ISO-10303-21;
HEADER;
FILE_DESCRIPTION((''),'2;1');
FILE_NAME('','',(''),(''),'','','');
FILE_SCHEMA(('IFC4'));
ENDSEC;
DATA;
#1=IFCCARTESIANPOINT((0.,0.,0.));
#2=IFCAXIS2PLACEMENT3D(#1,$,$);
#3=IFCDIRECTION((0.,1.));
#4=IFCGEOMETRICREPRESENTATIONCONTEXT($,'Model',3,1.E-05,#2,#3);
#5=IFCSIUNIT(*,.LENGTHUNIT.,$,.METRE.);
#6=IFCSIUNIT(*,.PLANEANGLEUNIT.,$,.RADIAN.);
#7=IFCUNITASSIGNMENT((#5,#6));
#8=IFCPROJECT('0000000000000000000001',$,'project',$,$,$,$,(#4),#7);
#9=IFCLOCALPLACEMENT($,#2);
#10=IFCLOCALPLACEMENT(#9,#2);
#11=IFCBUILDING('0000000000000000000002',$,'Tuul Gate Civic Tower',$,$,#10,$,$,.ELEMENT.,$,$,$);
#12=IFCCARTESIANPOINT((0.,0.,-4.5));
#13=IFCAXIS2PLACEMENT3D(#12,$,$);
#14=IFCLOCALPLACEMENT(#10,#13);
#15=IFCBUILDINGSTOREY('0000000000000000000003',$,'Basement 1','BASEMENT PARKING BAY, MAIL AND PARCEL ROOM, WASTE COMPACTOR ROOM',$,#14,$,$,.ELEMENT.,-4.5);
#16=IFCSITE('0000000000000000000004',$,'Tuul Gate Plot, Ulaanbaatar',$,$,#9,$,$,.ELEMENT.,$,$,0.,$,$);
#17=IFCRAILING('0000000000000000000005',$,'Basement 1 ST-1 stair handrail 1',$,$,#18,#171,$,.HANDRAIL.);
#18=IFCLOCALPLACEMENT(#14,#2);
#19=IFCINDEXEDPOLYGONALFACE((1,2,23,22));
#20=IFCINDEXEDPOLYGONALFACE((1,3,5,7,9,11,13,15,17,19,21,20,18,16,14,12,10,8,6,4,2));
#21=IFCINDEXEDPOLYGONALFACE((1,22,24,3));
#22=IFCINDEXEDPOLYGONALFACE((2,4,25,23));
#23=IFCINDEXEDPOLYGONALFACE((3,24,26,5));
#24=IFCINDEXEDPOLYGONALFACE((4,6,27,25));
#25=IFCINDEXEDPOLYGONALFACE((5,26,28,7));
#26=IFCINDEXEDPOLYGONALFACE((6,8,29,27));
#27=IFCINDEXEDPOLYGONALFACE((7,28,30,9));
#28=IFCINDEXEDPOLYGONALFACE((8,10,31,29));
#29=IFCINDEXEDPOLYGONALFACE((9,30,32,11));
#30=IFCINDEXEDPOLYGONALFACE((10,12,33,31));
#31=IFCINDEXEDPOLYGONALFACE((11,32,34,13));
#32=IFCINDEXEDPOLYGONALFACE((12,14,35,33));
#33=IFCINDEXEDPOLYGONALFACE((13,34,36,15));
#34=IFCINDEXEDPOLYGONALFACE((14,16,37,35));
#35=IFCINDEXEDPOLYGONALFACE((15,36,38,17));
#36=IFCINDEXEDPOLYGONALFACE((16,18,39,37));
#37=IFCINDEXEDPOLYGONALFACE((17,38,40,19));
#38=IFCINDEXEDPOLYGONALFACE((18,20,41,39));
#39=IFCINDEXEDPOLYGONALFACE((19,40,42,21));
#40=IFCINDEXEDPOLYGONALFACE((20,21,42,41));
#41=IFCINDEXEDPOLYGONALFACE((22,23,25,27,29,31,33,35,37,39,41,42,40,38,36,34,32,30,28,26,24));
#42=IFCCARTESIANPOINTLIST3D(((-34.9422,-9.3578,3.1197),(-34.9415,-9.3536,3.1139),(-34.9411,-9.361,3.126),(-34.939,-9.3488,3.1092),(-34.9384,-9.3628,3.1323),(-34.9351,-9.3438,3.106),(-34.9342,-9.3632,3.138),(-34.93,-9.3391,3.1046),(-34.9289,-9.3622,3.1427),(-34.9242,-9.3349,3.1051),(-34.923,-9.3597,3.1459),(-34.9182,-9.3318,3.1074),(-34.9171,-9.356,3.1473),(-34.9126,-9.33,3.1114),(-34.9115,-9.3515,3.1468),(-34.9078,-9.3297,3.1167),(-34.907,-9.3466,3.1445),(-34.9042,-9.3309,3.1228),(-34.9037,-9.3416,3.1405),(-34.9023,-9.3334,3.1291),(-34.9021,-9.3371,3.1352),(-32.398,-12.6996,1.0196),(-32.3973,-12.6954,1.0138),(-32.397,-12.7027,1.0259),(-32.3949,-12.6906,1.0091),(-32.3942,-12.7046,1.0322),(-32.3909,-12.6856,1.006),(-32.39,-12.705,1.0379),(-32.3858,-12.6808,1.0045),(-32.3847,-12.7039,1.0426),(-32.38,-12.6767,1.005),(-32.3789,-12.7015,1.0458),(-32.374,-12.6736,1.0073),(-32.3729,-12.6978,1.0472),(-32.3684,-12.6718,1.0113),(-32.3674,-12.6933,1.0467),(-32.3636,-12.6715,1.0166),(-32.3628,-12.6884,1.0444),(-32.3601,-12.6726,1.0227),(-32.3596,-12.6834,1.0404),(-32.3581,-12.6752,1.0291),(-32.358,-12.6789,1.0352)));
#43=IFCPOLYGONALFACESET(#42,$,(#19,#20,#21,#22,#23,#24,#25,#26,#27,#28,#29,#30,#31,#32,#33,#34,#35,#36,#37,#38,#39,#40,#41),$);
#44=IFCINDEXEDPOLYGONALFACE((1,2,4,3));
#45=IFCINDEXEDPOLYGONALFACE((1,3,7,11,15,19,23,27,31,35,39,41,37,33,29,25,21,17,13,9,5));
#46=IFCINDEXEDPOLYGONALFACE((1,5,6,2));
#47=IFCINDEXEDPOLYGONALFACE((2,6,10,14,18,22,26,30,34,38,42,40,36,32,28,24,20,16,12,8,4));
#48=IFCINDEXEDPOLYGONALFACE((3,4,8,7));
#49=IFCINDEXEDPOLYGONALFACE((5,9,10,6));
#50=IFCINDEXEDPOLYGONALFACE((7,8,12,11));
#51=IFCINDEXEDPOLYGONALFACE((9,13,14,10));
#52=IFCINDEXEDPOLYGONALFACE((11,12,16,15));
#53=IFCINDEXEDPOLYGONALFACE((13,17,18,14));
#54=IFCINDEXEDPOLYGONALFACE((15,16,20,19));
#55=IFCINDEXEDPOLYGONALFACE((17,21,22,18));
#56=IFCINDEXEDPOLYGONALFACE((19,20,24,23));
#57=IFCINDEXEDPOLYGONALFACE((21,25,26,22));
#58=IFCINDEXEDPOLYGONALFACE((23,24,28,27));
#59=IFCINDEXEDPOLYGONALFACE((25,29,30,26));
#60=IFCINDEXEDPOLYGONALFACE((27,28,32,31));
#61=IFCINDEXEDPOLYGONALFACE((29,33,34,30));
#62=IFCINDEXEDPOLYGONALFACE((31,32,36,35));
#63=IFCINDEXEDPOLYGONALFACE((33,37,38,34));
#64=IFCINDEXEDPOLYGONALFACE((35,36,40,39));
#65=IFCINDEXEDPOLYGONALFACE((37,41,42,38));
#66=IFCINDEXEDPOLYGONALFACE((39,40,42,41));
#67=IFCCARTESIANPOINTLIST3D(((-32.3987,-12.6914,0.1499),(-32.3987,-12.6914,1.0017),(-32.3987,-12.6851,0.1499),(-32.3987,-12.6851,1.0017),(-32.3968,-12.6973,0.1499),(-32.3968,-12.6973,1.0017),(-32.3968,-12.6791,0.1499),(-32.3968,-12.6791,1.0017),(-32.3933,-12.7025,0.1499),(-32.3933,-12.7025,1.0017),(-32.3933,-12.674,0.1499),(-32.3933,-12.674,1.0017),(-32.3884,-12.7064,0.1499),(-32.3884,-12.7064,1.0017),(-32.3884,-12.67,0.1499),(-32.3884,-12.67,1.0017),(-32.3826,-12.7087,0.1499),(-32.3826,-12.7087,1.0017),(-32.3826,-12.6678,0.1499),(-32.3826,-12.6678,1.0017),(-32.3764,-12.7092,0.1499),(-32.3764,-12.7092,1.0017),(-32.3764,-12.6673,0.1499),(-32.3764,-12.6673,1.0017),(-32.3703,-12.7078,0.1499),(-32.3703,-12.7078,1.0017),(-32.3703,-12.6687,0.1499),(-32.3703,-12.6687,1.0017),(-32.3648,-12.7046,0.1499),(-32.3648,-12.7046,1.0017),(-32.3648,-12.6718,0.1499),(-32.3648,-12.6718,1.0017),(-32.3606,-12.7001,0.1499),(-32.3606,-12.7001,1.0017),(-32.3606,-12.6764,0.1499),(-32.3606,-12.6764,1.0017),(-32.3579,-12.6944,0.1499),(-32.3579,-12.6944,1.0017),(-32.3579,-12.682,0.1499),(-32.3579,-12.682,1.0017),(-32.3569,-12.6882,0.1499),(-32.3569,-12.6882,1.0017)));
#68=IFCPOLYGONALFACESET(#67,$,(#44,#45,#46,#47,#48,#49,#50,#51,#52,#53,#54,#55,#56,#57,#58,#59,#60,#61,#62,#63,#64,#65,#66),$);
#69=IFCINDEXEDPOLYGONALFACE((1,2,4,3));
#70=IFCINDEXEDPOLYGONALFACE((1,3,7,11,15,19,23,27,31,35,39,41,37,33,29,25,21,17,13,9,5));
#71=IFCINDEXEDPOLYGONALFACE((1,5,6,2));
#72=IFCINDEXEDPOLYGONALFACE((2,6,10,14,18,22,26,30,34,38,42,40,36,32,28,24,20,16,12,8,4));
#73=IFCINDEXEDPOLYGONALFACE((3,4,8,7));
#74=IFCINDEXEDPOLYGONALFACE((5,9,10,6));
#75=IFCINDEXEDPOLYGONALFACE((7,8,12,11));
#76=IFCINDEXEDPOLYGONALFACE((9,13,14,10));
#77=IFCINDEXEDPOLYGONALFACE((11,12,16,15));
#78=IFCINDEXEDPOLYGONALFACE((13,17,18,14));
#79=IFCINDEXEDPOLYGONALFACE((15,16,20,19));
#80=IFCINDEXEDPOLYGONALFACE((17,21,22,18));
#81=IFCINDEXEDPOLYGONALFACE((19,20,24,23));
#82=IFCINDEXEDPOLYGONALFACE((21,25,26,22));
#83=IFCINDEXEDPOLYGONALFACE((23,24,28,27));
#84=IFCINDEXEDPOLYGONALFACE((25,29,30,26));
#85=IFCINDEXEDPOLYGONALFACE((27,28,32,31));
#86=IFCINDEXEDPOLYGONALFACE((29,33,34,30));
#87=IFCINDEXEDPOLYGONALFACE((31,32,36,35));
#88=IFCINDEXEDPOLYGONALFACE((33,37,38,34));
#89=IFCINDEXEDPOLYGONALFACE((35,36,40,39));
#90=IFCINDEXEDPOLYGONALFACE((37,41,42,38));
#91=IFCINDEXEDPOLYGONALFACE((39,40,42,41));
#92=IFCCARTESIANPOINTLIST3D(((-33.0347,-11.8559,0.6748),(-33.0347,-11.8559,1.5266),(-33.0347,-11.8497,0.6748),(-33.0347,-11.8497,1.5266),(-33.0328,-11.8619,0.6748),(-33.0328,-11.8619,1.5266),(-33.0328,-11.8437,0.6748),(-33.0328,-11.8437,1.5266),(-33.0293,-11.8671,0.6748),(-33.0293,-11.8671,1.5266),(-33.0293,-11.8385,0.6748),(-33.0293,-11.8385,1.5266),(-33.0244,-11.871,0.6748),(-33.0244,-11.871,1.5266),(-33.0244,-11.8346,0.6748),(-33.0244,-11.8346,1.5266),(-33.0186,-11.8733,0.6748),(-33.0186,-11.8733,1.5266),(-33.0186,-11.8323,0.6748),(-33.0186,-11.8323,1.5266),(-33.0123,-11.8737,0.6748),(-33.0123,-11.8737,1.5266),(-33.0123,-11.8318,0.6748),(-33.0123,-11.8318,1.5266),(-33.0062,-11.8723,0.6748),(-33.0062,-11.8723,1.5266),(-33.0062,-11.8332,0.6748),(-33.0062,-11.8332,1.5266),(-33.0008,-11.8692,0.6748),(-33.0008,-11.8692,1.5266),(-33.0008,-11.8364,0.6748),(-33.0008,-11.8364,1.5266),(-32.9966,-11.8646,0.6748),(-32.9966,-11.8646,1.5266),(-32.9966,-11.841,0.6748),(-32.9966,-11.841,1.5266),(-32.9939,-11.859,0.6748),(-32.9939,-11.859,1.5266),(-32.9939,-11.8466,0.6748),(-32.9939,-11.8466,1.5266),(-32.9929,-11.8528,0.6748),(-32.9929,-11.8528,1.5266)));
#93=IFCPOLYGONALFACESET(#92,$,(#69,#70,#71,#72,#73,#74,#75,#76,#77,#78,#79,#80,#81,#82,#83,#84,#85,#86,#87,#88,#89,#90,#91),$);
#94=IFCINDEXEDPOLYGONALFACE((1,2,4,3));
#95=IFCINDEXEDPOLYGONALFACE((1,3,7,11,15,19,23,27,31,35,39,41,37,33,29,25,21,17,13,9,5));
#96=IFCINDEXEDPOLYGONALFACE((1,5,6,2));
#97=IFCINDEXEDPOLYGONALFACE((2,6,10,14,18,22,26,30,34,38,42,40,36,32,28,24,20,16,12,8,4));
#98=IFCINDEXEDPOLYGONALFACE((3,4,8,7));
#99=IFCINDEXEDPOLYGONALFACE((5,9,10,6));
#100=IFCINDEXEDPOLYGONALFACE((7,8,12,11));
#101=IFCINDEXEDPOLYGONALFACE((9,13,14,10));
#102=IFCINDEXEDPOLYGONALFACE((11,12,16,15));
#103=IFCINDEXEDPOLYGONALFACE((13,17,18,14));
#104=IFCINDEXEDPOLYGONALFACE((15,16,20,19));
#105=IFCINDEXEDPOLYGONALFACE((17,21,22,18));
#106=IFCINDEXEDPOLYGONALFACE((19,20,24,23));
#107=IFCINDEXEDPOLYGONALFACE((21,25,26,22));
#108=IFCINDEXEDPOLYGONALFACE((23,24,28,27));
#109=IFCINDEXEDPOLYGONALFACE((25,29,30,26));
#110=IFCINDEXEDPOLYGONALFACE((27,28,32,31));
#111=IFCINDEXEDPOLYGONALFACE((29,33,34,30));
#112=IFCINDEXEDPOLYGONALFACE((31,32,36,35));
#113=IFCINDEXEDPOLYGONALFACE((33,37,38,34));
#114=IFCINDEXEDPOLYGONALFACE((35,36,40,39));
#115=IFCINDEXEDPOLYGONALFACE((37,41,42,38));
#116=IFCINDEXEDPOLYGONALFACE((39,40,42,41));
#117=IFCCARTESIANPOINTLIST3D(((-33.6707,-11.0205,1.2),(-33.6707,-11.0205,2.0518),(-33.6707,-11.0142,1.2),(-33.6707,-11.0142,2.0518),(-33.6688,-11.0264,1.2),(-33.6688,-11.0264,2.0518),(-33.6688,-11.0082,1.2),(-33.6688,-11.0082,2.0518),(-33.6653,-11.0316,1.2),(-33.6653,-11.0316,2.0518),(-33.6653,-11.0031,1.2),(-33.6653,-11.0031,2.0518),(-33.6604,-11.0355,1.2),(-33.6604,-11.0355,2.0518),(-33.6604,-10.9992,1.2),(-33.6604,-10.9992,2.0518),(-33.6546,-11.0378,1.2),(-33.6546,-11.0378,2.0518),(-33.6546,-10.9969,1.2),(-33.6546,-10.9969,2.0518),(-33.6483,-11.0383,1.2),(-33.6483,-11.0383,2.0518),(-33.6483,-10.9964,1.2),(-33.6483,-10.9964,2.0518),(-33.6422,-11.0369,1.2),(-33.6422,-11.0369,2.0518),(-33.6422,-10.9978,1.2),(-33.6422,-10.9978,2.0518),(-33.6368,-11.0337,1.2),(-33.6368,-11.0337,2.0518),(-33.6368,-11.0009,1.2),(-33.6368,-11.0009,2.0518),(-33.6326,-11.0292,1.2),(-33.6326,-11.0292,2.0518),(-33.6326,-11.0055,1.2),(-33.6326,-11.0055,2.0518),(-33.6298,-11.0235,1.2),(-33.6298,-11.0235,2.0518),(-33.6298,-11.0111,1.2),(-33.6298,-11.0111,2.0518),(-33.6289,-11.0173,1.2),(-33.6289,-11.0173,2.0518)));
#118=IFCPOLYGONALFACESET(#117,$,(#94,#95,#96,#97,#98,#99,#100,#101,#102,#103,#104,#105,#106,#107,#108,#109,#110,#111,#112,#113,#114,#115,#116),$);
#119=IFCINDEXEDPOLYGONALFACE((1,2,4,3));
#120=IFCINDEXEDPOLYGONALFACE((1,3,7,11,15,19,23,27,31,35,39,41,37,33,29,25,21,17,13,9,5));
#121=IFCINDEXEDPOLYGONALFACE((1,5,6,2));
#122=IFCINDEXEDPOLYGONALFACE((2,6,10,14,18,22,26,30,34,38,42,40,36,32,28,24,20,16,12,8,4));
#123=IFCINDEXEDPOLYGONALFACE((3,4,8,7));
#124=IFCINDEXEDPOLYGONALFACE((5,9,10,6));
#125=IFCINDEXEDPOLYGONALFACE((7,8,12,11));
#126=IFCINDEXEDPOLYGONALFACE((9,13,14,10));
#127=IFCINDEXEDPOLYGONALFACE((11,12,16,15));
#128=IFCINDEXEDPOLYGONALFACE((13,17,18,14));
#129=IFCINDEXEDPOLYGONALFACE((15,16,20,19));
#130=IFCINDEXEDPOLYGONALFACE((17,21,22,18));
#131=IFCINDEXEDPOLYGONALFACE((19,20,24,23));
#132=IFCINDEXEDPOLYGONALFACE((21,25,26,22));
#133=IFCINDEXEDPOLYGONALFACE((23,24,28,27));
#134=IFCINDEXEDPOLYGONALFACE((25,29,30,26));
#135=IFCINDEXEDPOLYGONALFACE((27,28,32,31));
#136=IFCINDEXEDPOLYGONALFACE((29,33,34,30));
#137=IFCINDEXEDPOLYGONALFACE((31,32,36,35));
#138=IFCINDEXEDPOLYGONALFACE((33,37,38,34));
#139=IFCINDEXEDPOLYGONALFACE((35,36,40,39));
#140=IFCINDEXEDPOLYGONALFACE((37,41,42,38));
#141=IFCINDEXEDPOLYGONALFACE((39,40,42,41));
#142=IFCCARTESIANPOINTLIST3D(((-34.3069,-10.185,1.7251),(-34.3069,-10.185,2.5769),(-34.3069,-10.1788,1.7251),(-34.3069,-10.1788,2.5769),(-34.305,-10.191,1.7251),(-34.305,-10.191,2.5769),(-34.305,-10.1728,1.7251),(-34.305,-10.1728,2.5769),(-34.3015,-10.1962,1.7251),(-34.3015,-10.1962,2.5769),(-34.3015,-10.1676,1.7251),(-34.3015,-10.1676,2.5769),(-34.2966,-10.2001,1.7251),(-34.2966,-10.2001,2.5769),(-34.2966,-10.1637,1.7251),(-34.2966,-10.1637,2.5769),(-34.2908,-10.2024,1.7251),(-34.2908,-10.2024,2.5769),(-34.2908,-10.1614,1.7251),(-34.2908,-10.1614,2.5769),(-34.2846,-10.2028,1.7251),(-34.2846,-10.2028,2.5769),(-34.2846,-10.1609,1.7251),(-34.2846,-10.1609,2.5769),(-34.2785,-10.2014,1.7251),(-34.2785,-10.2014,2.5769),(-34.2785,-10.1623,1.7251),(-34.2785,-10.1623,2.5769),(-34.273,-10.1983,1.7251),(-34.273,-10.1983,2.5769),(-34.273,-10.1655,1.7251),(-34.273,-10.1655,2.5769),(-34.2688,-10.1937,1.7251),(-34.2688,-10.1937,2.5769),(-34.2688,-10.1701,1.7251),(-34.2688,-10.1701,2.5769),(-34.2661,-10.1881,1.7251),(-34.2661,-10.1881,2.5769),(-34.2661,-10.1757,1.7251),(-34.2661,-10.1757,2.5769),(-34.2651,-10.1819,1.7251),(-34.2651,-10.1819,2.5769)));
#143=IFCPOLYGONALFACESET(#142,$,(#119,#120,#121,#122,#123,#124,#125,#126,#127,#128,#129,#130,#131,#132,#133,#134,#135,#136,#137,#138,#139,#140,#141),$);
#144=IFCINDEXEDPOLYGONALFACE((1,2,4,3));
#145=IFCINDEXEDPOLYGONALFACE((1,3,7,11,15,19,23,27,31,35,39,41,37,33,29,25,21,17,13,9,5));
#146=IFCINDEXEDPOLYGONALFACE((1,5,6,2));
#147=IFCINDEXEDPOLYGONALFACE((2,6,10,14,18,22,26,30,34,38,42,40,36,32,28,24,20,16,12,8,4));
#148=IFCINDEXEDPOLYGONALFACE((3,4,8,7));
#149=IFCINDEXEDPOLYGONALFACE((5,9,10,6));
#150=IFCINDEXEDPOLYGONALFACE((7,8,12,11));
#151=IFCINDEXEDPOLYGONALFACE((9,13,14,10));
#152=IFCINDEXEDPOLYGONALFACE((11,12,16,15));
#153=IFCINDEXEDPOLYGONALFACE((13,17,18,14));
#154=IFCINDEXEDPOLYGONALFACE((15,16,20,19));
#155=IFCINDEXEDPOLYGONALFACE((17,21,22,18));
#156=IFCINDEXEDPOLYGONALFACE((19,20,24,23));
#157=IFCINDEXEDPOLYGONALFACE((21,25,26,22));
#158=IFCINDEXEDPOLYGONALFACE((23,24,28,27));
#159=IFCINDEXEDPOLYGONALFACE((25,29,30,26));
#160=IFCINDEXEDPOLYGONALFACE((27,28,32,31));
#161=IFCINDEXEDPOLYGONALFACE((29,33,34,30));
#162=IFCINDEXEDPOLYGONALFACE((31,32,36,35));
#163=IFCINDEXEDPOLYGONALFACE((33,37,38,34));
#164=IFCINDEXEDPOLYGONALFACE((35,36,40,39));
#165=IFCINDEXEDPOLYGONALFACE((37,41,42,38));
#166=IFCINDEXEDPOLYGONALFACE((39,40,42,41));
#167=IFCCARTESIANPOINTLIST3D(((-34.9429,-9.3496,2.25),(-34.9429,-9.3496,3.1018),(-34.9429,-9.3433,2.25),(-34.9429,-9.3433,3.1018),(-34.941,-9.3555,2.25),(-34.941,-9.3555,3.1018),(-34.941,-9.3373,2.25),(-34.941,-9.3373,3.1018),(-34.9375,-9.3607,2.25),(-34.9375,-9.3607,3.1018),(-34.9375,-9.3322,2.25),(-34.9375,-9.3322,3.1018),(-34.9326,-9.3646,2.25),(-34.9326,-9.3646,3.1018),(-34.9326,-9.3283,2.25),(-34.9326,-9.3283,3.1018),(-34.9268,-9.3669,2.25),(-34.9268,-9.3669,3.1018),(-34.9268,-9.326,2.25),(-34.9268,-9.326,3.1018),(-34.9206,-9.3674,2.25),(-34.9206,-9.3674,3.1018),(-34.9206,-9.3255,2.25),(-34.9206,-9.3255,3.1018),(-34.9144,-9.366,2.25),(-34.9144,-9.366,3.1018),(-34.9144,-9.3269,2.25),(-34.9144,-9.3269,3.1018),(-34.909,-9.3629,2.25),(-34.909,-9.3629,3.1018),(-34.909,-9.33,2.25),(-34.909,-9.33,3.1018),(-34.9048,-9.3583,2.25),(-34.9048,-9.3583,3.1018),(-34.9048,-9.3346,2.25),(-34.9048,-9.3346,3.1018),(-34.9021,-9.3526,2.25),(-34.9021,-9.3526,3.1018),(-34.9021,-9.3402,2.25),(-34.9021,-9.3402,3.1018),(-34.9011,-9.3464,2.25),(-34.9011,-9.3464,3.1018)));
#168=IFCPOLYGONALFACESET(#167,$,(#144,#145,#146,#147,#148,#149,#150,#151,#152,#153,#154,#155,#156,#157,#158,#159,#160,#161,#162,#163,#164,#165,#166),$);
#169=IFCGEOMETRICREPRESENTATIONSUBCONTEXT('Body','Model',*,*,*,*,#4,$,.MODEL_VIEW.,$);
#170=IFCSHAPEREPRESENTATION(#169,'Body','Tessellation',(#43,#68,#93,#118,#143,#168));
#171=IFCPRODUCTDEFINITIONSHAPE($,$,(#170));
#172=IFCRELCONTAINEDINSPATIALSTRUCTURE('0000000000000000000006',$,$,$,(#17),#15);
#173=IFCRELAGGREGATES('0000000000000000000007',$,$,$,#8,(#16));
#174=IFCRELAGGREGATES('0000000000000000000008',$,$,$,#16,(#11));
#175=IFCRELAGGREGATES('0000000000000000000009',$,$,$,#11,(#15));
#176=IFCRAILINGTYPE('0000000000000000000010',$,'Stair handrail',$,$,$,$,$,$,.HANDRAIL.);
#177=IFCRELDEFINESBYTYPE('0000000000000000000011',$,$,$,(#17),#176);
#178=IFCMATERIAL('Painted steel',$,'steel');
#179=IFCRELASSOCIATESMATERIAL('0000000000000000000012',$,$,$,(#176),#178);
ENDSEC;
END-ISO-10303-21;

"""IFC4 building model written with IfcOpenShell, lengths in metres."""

from ifc_helpers import new_model, si_unit, direction, frame, origin, origin_2d, place, context, subcontext, project, spatial, circle, extrude, material, type_object, element, save


model = new_model("IFC4")

# Units and contexts
model_context = context("Model", 3, precision=1e-05, world=origin(), true_north=direction((0.0, 1.0)))
body_context = subcontext(model_context, "Body", "Model", "MODEL_VIEW")
ifc_project = project(units=[si_unit("LENGTHUNIT", "METRE"), si_unit("PLANEANGLEUNIT", "RADIAN")], contexts=[model_context])

# Site, building, storey
site_placement = place(None, origin())
site = spatial("IfcSite", under=ifc_project, at=site_placement, Name="Tuul Gate Plot, Ulaanbaatar", CompositionType="ELEMENT", RefElevation=0.0)
building_placement = place(site_placement, origin())
building = spatial("IfcBuilding", under=site, at=building_placement, Name="Tuul Gate Civic Tower", CompositionType="ELEMENT")
storey_placement = place(building_placement, frame((0.0, 0.0, -4.5)))
storey = spatial("IfcBuildingStorey", under=building, at=storey_placement, Name="Basement 1", Description="BASEMENT PARKING BAY, MAIL AND PARCEL ROOM, WASTE COMPACTOR ROOM", CompositionType="ELEMENT", Elevation=-4.5)

# Railing
ifc_material_1 = material(Name="Painted steel", Category="steel")
railing_type = type_object("IfcRailingType", Name="Stair handrail", PredefinedType="HANDRAIL", material=ifc_material_1)
railing_1_placement = place(storey_placement, frame((-32.3779, -12.6882, 0.1499)))
element("IfcRailing", 1, at=railing_1_placement, inside=storey, type_object=railing_type, Name="Basement 1 ST-1 stair handrail 1", PredefinedType="HANDRAIL", context=body_context, shape_type="SweptSolid", body=[
    extrude(circle(Radius=0.0239, at=origin_2d()), frame((0.0, 0.0, 0.876), z_axis=(-0.541796, 0.71165, 0.447225), x_axis=(-0.795655, -0.605751, 0.0)), (0.0, 0.0, 1.0), 4.6958),
    extrude(circle(Radius=0.021, at=origin_2d()), origin(), (0.0, 0.0, 1.0), 0.8518),
    extrude(circle(Radius=0.021, at=origin_2d()), frame((-0.636, 0.8354, 0.5249)), (0.0, 0.0, 1.0), 0.8518),
    extrude(circle(Radius=0.021, at=origin_2d()), frame((-1.272, 1.6709, 1.05)), (0.0, 0.0, 1.0), 0.8518),
    extrude(circle(Radius=0.021, at=origin_2d()), frame((-1.9082, 2.5063, 1.5752)), (0.0, 0.0, 1.0), 0.8518),
    extrude(circle(Radius=0.021, at=origin_2d()), frame((-2.5442, 3.3418, 2.1001)), (0.0, 0.0, 1.0), 0.8518),
])

save(model, "model.ifc")
